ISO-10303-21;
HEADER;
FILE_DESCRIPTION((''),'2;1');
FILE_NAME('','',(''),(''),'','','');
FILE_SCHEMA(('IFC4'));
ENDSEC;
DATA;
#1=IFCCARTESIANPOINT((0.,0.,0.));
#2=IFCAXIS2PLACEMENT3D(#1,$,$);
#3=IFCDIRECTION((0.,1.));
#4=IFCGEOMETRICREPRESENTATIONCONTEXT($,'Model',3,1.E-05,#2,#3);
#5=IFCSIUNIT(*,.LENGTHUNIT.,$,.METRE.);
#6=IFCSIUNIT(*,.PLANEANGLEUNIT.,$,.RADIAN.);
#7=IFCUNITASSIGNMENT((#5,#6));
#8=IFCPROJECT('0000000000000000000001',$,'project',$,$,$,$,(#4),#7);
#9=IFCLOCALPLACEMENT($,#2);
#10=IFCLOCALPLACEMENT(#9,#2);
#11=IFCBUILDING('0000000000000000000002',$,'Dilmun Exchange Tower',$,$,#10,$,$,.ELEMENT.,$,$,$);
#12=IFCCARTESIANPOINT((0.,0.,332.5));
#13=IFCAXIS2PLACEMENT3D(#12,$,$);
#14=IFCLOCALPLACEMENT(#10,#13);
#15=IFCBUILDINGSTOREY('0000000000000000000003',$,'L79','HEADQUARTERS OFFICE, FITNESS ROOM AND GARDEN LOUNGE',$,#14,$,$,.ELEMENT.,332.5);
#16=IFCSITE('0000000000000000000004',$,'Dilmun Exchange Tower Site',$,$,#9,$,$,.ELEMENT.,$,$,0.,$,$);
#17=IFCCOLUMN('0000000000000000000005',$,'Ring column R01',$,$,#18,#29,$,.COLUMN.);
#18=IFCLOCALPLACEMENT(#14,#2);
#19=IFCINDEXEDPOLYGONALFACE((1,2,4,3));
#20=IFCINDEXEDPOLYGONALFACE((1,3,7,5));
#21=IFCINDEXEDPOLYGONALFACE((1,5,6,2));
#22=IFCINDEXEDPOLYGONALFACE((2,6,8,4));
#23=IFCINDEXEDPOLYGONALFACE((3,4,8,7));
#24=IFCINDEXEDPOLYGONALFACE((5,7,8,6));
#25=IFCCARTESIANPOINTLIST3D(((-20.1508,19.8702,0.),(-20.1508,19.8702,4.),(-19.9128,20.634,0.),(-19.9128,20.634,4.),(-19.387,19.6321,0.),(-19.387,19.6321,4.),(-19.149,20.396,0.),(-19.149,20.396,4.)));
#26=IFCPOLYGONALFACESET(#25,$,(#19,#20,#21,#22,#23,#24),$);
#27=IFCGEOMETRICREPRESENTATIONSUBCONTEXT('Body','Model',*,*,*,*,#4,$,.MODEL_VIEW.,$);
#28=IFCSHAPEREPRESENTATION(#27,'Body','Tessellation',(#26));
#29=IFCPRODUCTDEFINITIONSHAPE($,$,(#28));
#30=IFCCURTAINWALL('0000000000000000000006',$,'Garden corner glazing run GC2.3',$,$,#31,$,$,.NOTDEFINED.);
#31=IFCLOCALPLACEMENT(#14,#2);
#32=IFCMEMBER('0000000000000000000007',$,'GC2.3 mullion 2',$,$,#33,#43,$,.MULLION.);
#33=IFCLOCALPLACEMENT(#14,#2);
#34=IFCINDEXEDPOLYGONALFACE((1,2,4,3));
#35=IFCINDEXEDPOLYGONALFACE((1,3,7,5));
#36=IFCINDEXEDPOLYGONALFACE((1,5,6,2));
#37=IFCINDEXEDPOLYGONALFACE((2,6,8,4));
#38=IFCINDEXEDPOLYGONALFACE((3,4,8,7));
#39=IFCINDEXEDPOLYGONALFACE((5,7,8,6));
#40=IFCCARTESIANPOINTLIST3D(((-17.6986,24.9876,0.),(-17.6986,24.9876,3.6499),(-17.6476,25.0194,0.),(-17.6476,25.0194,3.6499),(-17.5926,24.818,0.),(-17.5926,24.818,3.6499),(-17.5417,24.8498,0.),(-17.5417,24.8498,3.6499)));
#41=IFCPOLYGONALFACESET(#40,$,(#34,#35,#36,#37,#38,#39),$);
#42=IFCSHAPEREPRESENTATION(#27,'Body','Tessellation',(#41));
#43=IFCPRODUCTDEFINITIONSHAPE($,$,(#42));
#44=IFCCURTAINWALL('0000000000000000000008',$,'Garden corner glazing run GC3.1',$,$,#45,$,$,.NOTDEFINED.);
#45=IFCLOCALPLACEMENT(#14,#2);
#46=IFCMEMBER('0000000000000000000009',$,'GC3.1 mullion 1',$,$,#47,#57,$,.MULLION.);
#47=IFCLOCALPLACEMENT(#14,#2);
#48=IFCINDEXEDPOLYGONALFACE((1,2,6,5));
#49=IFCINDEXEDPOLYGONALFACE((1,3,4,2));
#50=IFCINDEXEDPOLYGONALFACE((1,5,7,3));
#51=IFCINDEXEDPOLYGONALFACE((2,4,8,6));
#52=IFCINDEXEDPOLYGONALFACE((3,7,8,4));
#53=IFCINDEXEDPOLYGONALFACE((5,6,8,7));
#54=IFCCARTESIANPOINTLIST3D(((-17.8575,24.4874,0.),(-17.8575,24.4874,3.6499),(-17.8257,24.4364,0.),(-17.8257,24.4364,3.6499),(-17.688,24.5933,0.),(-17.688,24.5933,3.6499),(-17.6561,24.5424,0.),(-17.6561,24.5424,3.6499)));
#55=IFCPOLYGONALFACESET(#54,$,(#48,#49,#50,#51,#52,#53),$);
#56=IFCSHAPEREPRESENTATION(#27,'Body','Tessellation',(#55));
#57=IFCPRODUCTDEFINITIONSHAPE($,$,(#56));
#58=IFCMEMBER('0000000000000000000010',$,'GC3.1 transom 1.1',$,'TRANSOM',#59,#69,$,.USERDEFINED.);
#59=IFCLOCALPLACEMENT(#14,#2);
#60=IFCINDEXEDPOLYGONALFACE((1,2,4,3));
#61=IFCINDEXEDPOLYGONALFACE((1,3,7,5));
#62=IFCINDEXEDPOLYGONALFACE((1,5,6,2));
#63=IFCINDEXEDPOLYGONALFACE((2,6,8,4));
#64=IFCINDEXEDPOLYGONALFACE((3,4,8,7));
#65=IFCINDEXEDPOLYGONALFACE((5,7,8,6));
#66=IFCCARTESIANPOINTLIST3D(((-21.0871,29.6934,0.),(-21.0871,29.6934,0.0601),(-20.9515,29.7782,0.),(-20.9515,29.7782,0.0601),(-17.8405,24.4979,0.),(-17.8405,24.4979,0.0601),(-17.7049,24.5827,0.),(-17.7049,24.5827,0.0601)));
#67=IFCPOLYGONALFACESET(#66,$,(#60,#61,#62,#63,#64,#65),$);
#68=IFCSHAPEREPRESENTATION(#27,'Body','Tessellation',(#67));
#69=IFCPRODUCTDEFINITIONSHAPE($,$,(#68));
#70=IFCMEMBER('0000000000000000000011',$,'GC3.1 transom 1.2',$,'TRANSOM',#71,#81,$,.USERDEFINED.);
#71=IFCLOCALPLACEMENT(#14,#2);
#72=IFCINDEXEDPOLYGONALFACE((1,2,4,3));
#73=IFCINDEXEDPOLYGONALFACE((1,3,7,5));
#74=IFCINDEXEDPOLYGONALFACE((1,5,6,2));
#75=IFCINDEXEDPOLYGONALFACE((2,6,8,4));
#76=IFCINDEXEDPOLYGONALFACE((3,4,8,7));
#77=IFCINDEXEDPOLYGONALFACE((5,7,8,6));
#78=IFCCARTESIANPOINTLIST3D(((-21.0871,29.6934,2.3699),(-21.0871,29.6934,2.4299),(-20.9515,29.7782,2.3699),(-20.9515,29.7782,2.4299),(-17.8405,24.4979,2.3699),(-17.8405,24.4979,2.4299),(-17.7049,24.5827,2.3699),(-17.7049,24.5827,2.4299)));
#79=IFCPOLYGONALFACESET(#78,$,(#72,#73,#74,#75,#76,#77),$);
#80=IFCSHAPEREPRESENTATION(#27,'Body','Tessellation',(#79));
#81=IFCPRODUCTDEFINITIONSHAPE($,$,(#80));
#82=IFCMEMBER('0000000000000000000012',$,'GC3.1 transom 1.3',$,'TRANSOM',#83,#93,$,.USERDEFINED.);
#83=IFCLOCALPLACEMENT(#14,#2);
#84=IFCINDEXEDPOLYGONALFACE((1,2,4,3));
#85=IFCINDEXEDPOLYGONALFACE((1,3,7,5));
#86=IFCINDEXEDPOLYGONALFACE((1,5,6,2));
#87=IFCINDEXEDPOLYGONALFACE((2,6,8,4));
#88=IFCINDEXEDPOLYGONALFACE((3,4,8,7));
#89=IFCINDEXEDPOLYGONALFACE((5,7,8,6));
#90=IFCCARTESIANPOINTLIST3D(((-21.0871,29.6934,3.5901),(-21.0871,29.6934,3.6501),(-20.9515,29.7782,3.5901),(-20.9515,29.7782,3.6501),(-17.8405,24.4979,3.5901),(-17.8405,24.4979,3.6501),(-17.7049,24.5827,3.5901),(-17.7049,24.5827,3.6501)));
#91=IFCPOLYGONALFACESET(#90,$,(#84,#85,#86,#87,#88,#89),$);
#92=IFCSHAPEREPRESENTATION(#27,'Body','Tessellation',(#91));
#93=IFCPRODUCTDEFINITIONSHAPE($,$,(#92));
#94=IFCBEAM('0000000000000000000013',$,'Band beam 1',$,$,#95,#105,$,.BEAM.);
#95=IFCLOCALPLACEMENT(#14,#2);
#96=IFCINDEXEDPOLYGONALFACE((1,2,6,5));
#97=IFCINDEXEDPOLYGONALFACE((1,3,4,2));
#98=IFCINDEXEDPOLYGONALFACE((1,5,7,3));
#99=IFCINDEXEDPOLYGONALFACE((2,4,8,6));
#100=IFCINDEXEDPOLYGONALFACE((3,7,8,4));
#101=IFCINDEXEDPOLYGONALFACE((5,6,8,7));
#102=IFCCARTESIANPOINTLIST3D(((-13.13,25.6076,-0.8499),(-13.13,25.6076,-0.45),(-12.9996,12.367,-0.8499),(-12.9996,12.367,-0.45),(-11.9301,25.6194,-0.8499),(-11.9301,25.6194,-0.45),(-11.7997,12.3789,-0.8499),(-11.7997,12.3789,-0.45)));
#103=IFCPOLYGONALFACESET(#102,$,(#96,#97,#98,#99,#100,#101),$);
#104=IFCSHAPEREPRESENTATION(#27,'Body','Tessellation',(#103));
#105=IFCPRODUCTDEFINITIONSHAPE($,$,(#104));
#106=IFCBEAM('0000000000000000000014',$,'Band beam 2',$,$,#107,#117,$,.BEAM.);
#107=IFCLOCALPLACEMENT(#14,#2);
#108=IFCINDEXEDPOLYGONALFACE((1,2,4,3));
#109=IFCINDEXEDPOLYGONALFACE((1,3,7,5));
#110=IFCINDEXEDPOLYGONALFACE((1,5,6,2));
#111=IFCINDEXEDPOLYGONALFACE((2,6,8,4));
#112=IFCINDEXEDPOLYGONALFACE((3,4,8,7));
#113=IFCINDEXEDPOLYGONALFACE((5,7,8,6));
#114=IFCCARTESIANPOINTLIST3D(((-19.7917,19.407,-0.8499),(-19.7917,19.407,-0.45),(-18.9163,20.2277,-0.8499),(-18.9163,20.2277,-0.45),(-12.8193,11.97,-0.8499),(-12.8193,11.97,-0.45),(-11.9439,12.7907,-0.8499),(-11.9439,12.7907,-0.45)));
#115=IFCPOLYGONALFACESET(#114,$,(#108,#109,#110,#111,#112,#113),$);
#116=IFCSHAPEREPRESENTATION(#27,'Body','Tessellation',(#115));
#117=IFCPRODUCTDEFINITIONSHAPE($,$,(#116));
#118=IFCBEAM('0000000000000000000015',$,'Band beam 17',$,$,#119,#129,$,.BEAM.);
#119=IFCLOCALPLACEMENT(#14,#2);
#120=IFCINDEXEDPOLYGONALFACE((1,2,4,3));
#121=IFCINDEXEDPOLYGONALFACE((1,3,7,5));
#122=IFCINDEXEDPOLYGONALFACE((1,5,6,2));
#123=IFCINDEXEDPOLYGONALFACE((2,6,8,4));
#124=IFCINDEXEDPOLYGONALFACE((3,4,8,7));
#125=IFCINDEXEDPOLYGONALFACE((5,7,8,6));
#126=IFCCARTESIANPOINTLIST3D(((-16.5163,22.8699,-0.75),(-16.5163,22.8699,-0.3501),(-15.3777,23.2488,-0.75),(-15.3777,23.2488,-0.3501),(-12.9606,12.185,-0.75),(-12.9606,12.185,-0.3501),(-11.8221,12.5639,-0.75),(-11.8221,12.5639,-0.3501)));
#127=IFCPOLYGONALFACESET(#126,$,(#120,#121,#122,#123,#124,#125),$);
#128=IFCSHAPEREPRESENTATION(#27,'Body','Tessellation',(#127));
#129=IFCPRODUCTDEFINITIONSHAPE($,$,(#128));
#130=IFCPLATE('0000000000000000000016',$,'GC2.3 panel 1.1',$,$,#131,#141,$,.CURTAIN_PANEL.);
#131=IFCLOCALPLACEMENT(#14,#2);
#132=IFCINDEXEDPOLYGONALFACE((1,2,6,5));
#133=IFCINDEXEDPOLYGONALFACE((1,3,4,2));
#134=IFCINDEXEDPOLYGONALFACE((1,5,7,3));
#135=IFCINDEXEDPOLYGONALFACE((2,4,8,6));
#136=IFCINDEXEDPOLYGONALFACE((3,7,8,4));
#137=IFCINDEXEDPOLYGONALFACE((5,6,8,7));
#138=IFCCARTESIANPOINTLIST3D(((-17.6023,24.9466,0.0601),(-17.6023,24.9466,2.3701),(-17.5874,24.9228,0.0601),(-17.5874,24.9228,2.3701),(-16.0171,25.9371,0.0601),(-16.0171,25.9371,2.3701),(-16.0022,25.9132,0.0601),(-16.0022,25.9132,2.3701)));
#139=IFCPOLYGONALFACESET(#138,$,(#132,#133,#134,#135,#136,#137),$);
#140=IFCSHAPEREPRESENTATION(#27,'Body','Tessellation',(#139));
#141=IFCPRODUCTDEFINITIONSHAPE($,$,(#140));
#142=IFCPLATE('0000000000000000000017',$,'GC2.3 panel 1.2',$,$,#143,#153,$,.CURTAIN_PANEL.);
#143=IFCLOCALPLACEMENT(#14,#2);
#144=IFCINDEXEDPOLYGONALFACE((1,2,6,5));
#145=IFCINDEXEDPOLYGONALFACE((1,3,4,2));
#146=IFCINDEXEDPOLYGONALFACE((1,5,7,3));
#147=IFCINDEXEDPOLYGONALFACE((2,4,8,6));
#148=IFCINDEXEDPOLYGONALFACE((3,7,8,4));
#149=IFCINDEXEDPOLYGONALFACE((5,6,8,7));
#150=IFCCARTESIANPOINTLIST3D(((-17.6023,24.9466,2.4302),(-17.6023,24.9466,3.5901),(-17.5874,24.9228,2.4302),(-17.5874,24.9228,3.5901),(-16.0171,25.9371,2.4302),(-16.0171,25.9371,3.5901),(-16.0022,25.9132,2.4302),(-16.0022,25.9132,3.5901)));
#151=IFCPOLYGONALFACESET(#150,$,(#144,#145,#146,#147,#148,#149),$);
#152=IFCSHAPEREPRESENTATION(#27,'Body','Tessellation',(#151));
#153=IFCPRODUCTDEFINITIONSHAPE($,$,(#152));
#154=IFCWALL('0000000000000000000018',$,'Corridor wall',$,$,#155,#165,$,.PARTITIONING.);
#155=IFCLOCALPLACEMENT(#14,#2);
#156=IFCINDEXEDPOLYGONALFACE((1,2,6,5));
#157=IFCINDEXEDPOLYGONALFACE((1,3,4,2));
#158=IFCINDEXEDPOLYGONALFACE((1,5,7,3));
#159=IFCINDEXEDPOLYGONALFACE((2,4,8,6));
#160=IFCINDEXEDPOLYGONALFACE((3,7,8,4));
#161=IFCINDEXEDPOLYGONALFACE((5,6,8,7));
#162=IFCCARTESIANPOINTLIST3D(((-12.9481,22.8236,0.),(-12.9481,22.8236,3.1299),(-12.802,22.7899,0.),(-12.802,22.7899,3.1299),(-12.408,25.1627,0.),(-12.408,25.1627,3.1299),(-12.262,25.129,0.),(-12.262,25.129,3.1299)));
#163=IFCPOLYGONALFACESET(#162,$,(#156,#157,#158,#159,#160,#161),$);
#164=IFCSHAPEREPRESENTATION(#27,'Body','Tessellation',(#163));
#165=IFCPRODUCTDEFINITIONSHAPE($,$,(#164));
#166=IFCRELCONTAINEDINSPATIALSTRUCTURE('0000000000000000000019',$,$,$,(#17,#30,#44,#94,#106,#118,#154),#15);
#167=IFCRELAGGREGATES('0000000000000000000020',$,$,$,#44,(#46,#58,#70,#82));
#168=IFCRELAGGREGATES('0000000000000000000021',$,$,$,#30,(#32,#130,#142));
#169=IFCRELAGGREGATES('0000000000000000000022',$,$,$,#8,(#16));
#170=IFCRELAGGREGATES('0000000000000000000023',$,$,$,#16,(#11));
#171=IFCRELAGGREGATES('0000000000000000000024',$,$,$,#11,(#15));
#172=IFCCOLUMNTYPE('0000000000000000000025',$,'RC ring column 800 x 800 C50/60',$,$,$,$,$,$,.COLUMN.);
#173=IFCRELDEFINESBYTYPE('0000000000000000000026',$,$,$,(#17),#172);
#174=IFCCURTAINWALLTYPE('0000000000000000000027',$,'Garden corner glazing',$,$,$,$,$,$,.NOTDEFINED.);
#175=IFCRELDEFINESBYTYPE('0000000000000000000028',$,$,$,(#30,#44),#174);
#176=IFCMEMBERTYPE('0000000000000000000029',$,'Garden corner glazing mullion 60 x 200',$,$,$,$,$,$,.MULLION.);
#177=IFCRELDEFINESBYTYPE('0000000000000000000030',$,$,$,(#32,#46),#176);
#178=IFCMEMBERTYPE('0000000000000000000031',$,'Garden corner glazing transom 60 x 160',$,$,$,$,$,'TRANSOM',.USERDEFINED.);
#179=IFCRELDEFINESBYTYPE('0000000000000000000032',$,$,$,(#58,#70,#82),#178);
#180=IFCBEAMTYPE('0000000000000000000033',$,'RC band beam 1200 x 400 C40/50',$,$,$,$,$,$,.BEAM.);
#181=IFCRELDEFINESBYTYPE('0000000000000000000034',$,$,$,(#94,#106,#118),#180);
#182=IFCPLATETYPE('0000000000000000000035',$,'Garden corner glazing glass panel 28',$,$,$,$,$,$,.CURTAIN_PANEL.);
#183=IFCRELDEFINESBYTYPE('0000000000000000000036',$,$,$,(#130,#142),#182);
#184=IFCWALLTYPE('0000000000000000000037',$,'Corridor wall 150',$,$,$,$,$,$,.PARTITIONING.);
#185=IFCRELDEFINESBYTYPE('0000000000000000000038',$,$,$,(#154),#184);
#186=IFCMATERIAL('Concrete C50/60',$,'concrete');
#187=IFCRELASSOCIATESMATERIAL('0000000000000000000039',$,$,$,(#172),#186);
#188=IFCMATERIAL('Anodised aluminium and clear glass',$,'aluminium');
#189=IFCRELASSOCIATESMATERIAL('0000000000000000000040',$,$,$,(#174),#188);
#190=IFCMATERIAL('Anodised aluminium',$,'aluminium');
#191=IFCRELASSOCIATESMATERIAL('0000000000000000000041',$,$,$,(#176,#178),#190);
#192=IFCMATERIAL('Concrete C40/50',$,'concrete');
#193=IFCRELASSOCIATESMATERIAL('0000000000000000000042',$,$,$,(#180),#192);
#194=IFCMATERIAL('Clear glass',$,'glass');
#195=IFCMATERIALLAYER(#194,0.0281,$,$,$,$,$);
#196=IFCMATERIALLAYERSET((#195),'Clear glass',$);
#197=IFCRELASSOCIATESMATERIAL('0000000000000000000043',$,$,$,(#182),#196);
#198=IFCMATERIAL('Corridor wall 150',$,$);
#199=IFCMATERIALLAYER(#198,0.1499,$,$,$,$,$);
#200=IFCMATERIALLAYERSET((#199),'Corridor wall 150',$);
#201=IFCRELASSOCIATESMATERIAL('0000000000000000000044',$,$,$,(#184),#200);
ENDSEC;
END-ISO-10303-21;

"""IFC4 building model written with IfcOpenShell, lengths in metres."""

from ifc_helpers import new_model, si_unit, direction, frame, frame_2d, origin, origin_2d, place, context, subcontext, project, spatial, rectangle, extrude, material, layer, layer_set, material_profile, profile_set, type_object, element, aggregate, save


model = new_model("IFC4")

# Units and contexts
model_context = context("Model", 3, precision=1e-05, world=origin(), true_north=direction((0.0, 1.0)))
body_context = subcontext(model_context, "Body", "Model", "MODEL_VIEW")
ifc_project = project(units=[si_unit("LENGTHUNIT", "METRE"), si_unit("PLANEANGLEUNIT", "RADIAN")], contexts=[model_context])

# Site, building, storey
site_placement = place(None, origin())
site = spatial("IfcSite", under=ifc_project, at=site_placement, Name="Dilmun Exchange Tower Site", CompositionType="ELEMENT", RefElevation=0.0)
building_placement = place(site_placement, origin())
building = spatial("IfcBuilding", under=site, at=building_placement, Name="Dilmun Exchange Tower", CompositionType="ELEMENT")
storey_placement = place(building_placement, frame((0.0, 0.0, 332.5)))
storey = spatial("IfcBuildingStorey", under=building, at=storey_placement, Name="L79", Description="HEADQUARTERS OFFICE, FITNESS ROOM AND GARDEN LOUNGE", CompositionType="ELEMENT", Elevation=332.5)

# Column
ifc_material_1 = material(Name="Concrete C50/60", Category="concrete")
ifc_material_profile_1 = material_profile(ifc_material_1, rectangle(XDim=0.8, YDim=0.8, at=origin_2d()), Name="800 x 800")
ifc_profile_set_1 = profile_set([ifc_material_profile_1], Name="Concrete C50/60")
column_type = type_object("IfcColumnType", Name="RC ring column 800 x 800 C50/60", PredefinedType="COLUMN", material=ifc_profile_set_1)
column_placement = place(storey_placement, frame((-19.6499, 20.1331, 0.0), z_axis=(0.0, 0.0, 1.0), x_axis=(0.297503, 0.954721, 0.0)))
element("IfcColumn", 1, at=column_placement, inside=storey, type_object=column_type, Name="Ring column R01", PredefinedType="COLUMN", context=body_context, shape_type="SweptSolid", body=[
    extrude(rectangle(XDim=0.8, YDim=0.8, at=origin_2d()), origin(), (0.0, 0.0, 1.0), 4.0),
])

# Curtain wall, member
ifc_material_2 = material(Name="Anodised aluminium and clear glass", Category="aluminium")
curtain_wall_type = type_object("IfcCurtainWallType", Name="Garden corner glazing", PredefinedType="NOTDEFINED", material=ifc_material_2)
curtain_wall_1_placement = place(storey_placement, origin())
curtain_wall_1 = element("IfcCurtainWall", 2, at=curtain_wall_1_placement, inside=storey, type_object=curtain_wall_type, Name="Garden corner glazing run GC2.3", PredefinedType="NOTDEFINED")
ifc_material_3 = material(Name="Anodised aluminium", Category="aluminium")
ifc_material_profile_2 = material_profile(ifc_material_3, rectangle(XDim=0.2, YDim=0.0601, at=origin_2d()), Name="AL 60x200")
ifc_profile_set_2 = profile_set([ifc_material_profile_2], Name="Anodised aluminium")
member_type_1 = type_object("IfcMemberType", Name="Garden corner glazing mullion 60 x 200", PredefinedType="MULLION", material=ifc_profile_set_2)
member_1_placement = place(storey_placement, frame((-17.6201, 24.9187, 0.0), z_axis=(0.0, 0.0, 1.0), x_axis=(0.529886, -0.848069, 0.0)))
member_1 = element("IfcMember", 3, at=member_1_placement, type_object=member_type_1, Name="GC2.3 mullion 2", PredefinedType="MULLION", context=body_context, shape_type="SweptSolid", body=[
    extrude(rectangle(XDim=0.2, YDim=0.0601, at=origin_2d()), origin(), (0.0, 0.0, 1.0), 3.6499),
])

# Curtain wall, members
curtain_wall_2_placement = place(storey_placement, origin())
curtain_wall_2 = element("IfcCurtainWall", 4, at=curtain_wall_2_placement, inside=storey, type_object=curtain_wall_type, Name="Garden corner glazing run GC3.1", PredefinedType="NOTDEFINED")
member_2_placement = place(storey_placement, frame((-17.7568, 24.5149, 0.0), z_axis=(0.0, 0.0, 1.0), x_axis=(-0.84805, -0.529917, 0.0)))
member_2 = element("IfcMember", 5, at=member_2_placement, type_object=member_type_1, Name="GC3.1 mullion 1", PredefinedType="MULLION", context=body_context, shape_type="SweptSolid", body=[
    extrude(rectangle(XDim=0.2, YDim=0.0601, at=origin_2d()), origin(), (0.0, 0.0, 1.0), 3.6499),
])
ifc_material_profile_3 = material_profile(ifc_material_3, rectangle(XDim=0.1599, YDim=0.0601, at=origin_2d()), Name="AL 60x160")
ifc_profile_set_3 = profile_set([ifc_material_profile_3], Name="Anodised aluminium")
member_type_2 = type_object("IfcMemberType", Name="Garden corner glazing transom 60 x 160", ElementType="TRANSOM", PredefinedType="USERDEFINED", material=ifc_profile_set_3)
member_3_placement = place(storey_placement, frame((-17.7727, 24.5403, 0.03), z_axis=(-0.529924, 0.848045, 0.0), x_axis=(-0.848045, -0.529924, 0.0)))
member_3 = element("IfcMember", 6, at=member_3_placement, type_object=member_type_2, Name="GC3.1 transom 1.1", ObjectType="TRANSOM", PredefinedType="USERDEFINED", context=body_context, shape_type="SweptSolid", body=[
    extrude(rectangle(XDim=0.1599, YDim=0.0601, at=origin_2d()), origin(), (0.0, 0.0, 1.0), 6.1265),
])
member_4_placement = place(storey_placement, frame((-17.7727, 24.5403, 2.3999), z_axis=(-0.529924, 0.848045, 0.0), x_axis=(-0.848045, -0.529924, 0.0)))
member_4 = element("IfcMember", 7, at=member_4_placement, type_object=member_type_2, Name="GC3.1 transom 1.2", ObjectType="TRANSOM", PredefinedType="USERDEFINED", context=body_context, shape_type="SweptSolid", body=[
    extrude(rectangle(XDim=0.1599, YDim=0.0601, at=origin_2d()), origin(), (0.0, 0.0, 1.0), 6.1265),
])
member_5_placement = place(storey_placement, frame((-17.7727, 24.5403, 3.6201), z_axis=(-0.529924, 0.848045, 0.0), x_axis=(-0.848045, -0.529924, 0.0)))
member_5 = element("IfcMember", 8, at=member_5_placement, type_object=member_type_2, Name="GC3.1 transom 1.3", ObjectType="TRANSOM", PredefinedType="USERDEFINED", context=body_context, shape_type="SweptSolid", body=[
    extrude(rectangle(XDim=0.1599, YDim=0.0601, at=origin_2d()), origin(), (0.0, 0.0, 1.0), 6.1265),
])
aggregate(curtain_wall_2, [member_2, member_3, member_4, member_5])

# Beams
ifc_material_4 = material(Name="Concrete C40/50", Category="concrete")
ifc_material_profile_4 = material_profile(ifc_material_4, rectangle(XDim=1.2, YDim=0.3999, at=origin_2d()), Name="1200 x 400")
ifc_profile_set_4 = profile_set([ifc_material_profile_4], Name="Concrete C40/50")
beam_type = type_object("IfcBeamType", Name="RC band beam 1200 x 400 C40/50", PredefinedType="BEAM", material=ifc_profile_set_4)
beam_1_placement = place(storey_placement, frame((-12.53, 25.6135, -0.6499), z_axis=(0.009846, -0.999952, 0.0), x_axis=(0.999952, 0.009846, 0.0)))
element("IfcBeam", 9, at=beam_1_placement, inside=storey, type_object=beam_type, Name="Band beam 1", PredefinedType="BEAM", context=body_context, shape_type="SweptSolid", body=[
    extrude(rectangle(XDim=1.2, YDim=0.3999, at=origin_2d()), origin(), (0.0, 0.0, 1.0), 13.2412),
])
beam_2_placement = place(storey_placement, frame((-19.354, 19.8174, -0.6499), z_axis=(0.683952, -0.729527, 0.0), x_axis=(0.729527, 0.683952, 0.0)))
element("IfcBeam", 10, at=beam_2_placement, inside=storey, type_object=beam_type, Name="Band beam 2", PredefinedType="BEAM", context=body_context, shape_type="SweptSolid", body=[
    extrude(rectangle(XDim=1.2, YDim=0.3999, at=origin_2d()), origin(), (0.0, 0.0, 1.0), 10.1943),
])
beam_3_placement = place(storey_placement, frame((-15.947, 23.0593, -0.55), z_axis=(0.315753, -0.948841, 0.0), x_axis=(0.948841, 0.315753, 0.0)))
element("IfcBeam", 11, at=beam_3_placement, inside=storey, type_object=beam_type, Name="Band beam 17", PredefinedType="BEAM", context=body_context, shape_type="SweptSolid", body=[
    extrude(rectangle(XDim=1.2, YDim=0.3999, at=origin_2d()), origin(), (0.0, 0.0, 1.0), 11.261),
])

# Plates
ifc_material_5 = material(Name="Clear glass", Category="glass")
ifc_layer_1 = layer(ifc_material_5, 0.0281)
ifc_layer_set_1 = layer_set([ifc_layer_1], Name="Clear glass")
plate_type = type_object("IfcPlateType", Name="Garden corner glazing glass panel 28", PredefinedType="CURTAIN_PANEL", material=ifc_layer_set_1)
plate_1_placement = place(storey_placement, frame((-16.8022, 25.4299, 0.0601), z_axis=(0.0, 0.0, 1.0), x_axis=(-0.848069, -0.529886, 0.0)))
plate_1 = element("IfcPlate", 12, at=plate_1_placement, type_object=plate_type, Name="GC2.3 panel 1.1", PredefinedType="CURTAIN_PANEL", context=body_context, shape_type="SweptSolid", body=[
    extrude(rectangle(XDim=1.8691, YDim=0.0281, at=origin_2d()), origin(), (0.0, 0.0, 1.0), 2.3101),
])
plate_2_placement = place(storey_placement, frame((-16.8022, 25.4299, 2.4302), z_axis=(0.0, 0.0, 1.0), x_axis=(-0.848069, -0.529886, 0.0)))
plate_2 = element("IfcPlate", 13, at=plate_2_placement, type_object=plate_type, Name="GC2.3 panel 1.2", PredefinedType="CURTAIN_PANEL", context=body_context, shape_type="SweptSolid", body=[
    extrude(rectangle(XDim=1.8691, YDim=0.0281, at=origin_2d()), origin(), (0.0, 0.0, 1.0), 1.1599),
])
aggregate(curtain_wall_1, [member_1, plate_1, plate_2])

# Wall
ifc_material_6 = material(Name="Corridor wall 150")
ifc_layer_2 = layer(ifc_material_6, 0.1499)
ifc_layer_set_2 = layer_set([ifc_layer_2], Name="Corridor wall 150")
wall_type = type_object("IfcWallType", Name="Corridor wall 150", PredefinedType="PARTITIONING", material=ifc_layer_set_2)
wall_1_placement = place(storey_placement, frame((-12.875, 22.8069, 0.0), z_axis=(0.0, 0.0, 1.0), x_axis=(0.224956, 0.974369, 0.0)))
element("IfcWall", 14, at=wall_1_placement, inside=storey, type_object=wall_type, Name="Corridor wall", PredefinedType="PARTITIONING", context=body_context, shape_type="SweptSolid", body=[
    extrude(rectangle(XDim=2.4006, YDim=0.1499, at=frame_2d((1.2002, 0.0))), origin(), (0.0, 0.0, 1.0), 3.1299),
])

save(model, "model.ifc")
